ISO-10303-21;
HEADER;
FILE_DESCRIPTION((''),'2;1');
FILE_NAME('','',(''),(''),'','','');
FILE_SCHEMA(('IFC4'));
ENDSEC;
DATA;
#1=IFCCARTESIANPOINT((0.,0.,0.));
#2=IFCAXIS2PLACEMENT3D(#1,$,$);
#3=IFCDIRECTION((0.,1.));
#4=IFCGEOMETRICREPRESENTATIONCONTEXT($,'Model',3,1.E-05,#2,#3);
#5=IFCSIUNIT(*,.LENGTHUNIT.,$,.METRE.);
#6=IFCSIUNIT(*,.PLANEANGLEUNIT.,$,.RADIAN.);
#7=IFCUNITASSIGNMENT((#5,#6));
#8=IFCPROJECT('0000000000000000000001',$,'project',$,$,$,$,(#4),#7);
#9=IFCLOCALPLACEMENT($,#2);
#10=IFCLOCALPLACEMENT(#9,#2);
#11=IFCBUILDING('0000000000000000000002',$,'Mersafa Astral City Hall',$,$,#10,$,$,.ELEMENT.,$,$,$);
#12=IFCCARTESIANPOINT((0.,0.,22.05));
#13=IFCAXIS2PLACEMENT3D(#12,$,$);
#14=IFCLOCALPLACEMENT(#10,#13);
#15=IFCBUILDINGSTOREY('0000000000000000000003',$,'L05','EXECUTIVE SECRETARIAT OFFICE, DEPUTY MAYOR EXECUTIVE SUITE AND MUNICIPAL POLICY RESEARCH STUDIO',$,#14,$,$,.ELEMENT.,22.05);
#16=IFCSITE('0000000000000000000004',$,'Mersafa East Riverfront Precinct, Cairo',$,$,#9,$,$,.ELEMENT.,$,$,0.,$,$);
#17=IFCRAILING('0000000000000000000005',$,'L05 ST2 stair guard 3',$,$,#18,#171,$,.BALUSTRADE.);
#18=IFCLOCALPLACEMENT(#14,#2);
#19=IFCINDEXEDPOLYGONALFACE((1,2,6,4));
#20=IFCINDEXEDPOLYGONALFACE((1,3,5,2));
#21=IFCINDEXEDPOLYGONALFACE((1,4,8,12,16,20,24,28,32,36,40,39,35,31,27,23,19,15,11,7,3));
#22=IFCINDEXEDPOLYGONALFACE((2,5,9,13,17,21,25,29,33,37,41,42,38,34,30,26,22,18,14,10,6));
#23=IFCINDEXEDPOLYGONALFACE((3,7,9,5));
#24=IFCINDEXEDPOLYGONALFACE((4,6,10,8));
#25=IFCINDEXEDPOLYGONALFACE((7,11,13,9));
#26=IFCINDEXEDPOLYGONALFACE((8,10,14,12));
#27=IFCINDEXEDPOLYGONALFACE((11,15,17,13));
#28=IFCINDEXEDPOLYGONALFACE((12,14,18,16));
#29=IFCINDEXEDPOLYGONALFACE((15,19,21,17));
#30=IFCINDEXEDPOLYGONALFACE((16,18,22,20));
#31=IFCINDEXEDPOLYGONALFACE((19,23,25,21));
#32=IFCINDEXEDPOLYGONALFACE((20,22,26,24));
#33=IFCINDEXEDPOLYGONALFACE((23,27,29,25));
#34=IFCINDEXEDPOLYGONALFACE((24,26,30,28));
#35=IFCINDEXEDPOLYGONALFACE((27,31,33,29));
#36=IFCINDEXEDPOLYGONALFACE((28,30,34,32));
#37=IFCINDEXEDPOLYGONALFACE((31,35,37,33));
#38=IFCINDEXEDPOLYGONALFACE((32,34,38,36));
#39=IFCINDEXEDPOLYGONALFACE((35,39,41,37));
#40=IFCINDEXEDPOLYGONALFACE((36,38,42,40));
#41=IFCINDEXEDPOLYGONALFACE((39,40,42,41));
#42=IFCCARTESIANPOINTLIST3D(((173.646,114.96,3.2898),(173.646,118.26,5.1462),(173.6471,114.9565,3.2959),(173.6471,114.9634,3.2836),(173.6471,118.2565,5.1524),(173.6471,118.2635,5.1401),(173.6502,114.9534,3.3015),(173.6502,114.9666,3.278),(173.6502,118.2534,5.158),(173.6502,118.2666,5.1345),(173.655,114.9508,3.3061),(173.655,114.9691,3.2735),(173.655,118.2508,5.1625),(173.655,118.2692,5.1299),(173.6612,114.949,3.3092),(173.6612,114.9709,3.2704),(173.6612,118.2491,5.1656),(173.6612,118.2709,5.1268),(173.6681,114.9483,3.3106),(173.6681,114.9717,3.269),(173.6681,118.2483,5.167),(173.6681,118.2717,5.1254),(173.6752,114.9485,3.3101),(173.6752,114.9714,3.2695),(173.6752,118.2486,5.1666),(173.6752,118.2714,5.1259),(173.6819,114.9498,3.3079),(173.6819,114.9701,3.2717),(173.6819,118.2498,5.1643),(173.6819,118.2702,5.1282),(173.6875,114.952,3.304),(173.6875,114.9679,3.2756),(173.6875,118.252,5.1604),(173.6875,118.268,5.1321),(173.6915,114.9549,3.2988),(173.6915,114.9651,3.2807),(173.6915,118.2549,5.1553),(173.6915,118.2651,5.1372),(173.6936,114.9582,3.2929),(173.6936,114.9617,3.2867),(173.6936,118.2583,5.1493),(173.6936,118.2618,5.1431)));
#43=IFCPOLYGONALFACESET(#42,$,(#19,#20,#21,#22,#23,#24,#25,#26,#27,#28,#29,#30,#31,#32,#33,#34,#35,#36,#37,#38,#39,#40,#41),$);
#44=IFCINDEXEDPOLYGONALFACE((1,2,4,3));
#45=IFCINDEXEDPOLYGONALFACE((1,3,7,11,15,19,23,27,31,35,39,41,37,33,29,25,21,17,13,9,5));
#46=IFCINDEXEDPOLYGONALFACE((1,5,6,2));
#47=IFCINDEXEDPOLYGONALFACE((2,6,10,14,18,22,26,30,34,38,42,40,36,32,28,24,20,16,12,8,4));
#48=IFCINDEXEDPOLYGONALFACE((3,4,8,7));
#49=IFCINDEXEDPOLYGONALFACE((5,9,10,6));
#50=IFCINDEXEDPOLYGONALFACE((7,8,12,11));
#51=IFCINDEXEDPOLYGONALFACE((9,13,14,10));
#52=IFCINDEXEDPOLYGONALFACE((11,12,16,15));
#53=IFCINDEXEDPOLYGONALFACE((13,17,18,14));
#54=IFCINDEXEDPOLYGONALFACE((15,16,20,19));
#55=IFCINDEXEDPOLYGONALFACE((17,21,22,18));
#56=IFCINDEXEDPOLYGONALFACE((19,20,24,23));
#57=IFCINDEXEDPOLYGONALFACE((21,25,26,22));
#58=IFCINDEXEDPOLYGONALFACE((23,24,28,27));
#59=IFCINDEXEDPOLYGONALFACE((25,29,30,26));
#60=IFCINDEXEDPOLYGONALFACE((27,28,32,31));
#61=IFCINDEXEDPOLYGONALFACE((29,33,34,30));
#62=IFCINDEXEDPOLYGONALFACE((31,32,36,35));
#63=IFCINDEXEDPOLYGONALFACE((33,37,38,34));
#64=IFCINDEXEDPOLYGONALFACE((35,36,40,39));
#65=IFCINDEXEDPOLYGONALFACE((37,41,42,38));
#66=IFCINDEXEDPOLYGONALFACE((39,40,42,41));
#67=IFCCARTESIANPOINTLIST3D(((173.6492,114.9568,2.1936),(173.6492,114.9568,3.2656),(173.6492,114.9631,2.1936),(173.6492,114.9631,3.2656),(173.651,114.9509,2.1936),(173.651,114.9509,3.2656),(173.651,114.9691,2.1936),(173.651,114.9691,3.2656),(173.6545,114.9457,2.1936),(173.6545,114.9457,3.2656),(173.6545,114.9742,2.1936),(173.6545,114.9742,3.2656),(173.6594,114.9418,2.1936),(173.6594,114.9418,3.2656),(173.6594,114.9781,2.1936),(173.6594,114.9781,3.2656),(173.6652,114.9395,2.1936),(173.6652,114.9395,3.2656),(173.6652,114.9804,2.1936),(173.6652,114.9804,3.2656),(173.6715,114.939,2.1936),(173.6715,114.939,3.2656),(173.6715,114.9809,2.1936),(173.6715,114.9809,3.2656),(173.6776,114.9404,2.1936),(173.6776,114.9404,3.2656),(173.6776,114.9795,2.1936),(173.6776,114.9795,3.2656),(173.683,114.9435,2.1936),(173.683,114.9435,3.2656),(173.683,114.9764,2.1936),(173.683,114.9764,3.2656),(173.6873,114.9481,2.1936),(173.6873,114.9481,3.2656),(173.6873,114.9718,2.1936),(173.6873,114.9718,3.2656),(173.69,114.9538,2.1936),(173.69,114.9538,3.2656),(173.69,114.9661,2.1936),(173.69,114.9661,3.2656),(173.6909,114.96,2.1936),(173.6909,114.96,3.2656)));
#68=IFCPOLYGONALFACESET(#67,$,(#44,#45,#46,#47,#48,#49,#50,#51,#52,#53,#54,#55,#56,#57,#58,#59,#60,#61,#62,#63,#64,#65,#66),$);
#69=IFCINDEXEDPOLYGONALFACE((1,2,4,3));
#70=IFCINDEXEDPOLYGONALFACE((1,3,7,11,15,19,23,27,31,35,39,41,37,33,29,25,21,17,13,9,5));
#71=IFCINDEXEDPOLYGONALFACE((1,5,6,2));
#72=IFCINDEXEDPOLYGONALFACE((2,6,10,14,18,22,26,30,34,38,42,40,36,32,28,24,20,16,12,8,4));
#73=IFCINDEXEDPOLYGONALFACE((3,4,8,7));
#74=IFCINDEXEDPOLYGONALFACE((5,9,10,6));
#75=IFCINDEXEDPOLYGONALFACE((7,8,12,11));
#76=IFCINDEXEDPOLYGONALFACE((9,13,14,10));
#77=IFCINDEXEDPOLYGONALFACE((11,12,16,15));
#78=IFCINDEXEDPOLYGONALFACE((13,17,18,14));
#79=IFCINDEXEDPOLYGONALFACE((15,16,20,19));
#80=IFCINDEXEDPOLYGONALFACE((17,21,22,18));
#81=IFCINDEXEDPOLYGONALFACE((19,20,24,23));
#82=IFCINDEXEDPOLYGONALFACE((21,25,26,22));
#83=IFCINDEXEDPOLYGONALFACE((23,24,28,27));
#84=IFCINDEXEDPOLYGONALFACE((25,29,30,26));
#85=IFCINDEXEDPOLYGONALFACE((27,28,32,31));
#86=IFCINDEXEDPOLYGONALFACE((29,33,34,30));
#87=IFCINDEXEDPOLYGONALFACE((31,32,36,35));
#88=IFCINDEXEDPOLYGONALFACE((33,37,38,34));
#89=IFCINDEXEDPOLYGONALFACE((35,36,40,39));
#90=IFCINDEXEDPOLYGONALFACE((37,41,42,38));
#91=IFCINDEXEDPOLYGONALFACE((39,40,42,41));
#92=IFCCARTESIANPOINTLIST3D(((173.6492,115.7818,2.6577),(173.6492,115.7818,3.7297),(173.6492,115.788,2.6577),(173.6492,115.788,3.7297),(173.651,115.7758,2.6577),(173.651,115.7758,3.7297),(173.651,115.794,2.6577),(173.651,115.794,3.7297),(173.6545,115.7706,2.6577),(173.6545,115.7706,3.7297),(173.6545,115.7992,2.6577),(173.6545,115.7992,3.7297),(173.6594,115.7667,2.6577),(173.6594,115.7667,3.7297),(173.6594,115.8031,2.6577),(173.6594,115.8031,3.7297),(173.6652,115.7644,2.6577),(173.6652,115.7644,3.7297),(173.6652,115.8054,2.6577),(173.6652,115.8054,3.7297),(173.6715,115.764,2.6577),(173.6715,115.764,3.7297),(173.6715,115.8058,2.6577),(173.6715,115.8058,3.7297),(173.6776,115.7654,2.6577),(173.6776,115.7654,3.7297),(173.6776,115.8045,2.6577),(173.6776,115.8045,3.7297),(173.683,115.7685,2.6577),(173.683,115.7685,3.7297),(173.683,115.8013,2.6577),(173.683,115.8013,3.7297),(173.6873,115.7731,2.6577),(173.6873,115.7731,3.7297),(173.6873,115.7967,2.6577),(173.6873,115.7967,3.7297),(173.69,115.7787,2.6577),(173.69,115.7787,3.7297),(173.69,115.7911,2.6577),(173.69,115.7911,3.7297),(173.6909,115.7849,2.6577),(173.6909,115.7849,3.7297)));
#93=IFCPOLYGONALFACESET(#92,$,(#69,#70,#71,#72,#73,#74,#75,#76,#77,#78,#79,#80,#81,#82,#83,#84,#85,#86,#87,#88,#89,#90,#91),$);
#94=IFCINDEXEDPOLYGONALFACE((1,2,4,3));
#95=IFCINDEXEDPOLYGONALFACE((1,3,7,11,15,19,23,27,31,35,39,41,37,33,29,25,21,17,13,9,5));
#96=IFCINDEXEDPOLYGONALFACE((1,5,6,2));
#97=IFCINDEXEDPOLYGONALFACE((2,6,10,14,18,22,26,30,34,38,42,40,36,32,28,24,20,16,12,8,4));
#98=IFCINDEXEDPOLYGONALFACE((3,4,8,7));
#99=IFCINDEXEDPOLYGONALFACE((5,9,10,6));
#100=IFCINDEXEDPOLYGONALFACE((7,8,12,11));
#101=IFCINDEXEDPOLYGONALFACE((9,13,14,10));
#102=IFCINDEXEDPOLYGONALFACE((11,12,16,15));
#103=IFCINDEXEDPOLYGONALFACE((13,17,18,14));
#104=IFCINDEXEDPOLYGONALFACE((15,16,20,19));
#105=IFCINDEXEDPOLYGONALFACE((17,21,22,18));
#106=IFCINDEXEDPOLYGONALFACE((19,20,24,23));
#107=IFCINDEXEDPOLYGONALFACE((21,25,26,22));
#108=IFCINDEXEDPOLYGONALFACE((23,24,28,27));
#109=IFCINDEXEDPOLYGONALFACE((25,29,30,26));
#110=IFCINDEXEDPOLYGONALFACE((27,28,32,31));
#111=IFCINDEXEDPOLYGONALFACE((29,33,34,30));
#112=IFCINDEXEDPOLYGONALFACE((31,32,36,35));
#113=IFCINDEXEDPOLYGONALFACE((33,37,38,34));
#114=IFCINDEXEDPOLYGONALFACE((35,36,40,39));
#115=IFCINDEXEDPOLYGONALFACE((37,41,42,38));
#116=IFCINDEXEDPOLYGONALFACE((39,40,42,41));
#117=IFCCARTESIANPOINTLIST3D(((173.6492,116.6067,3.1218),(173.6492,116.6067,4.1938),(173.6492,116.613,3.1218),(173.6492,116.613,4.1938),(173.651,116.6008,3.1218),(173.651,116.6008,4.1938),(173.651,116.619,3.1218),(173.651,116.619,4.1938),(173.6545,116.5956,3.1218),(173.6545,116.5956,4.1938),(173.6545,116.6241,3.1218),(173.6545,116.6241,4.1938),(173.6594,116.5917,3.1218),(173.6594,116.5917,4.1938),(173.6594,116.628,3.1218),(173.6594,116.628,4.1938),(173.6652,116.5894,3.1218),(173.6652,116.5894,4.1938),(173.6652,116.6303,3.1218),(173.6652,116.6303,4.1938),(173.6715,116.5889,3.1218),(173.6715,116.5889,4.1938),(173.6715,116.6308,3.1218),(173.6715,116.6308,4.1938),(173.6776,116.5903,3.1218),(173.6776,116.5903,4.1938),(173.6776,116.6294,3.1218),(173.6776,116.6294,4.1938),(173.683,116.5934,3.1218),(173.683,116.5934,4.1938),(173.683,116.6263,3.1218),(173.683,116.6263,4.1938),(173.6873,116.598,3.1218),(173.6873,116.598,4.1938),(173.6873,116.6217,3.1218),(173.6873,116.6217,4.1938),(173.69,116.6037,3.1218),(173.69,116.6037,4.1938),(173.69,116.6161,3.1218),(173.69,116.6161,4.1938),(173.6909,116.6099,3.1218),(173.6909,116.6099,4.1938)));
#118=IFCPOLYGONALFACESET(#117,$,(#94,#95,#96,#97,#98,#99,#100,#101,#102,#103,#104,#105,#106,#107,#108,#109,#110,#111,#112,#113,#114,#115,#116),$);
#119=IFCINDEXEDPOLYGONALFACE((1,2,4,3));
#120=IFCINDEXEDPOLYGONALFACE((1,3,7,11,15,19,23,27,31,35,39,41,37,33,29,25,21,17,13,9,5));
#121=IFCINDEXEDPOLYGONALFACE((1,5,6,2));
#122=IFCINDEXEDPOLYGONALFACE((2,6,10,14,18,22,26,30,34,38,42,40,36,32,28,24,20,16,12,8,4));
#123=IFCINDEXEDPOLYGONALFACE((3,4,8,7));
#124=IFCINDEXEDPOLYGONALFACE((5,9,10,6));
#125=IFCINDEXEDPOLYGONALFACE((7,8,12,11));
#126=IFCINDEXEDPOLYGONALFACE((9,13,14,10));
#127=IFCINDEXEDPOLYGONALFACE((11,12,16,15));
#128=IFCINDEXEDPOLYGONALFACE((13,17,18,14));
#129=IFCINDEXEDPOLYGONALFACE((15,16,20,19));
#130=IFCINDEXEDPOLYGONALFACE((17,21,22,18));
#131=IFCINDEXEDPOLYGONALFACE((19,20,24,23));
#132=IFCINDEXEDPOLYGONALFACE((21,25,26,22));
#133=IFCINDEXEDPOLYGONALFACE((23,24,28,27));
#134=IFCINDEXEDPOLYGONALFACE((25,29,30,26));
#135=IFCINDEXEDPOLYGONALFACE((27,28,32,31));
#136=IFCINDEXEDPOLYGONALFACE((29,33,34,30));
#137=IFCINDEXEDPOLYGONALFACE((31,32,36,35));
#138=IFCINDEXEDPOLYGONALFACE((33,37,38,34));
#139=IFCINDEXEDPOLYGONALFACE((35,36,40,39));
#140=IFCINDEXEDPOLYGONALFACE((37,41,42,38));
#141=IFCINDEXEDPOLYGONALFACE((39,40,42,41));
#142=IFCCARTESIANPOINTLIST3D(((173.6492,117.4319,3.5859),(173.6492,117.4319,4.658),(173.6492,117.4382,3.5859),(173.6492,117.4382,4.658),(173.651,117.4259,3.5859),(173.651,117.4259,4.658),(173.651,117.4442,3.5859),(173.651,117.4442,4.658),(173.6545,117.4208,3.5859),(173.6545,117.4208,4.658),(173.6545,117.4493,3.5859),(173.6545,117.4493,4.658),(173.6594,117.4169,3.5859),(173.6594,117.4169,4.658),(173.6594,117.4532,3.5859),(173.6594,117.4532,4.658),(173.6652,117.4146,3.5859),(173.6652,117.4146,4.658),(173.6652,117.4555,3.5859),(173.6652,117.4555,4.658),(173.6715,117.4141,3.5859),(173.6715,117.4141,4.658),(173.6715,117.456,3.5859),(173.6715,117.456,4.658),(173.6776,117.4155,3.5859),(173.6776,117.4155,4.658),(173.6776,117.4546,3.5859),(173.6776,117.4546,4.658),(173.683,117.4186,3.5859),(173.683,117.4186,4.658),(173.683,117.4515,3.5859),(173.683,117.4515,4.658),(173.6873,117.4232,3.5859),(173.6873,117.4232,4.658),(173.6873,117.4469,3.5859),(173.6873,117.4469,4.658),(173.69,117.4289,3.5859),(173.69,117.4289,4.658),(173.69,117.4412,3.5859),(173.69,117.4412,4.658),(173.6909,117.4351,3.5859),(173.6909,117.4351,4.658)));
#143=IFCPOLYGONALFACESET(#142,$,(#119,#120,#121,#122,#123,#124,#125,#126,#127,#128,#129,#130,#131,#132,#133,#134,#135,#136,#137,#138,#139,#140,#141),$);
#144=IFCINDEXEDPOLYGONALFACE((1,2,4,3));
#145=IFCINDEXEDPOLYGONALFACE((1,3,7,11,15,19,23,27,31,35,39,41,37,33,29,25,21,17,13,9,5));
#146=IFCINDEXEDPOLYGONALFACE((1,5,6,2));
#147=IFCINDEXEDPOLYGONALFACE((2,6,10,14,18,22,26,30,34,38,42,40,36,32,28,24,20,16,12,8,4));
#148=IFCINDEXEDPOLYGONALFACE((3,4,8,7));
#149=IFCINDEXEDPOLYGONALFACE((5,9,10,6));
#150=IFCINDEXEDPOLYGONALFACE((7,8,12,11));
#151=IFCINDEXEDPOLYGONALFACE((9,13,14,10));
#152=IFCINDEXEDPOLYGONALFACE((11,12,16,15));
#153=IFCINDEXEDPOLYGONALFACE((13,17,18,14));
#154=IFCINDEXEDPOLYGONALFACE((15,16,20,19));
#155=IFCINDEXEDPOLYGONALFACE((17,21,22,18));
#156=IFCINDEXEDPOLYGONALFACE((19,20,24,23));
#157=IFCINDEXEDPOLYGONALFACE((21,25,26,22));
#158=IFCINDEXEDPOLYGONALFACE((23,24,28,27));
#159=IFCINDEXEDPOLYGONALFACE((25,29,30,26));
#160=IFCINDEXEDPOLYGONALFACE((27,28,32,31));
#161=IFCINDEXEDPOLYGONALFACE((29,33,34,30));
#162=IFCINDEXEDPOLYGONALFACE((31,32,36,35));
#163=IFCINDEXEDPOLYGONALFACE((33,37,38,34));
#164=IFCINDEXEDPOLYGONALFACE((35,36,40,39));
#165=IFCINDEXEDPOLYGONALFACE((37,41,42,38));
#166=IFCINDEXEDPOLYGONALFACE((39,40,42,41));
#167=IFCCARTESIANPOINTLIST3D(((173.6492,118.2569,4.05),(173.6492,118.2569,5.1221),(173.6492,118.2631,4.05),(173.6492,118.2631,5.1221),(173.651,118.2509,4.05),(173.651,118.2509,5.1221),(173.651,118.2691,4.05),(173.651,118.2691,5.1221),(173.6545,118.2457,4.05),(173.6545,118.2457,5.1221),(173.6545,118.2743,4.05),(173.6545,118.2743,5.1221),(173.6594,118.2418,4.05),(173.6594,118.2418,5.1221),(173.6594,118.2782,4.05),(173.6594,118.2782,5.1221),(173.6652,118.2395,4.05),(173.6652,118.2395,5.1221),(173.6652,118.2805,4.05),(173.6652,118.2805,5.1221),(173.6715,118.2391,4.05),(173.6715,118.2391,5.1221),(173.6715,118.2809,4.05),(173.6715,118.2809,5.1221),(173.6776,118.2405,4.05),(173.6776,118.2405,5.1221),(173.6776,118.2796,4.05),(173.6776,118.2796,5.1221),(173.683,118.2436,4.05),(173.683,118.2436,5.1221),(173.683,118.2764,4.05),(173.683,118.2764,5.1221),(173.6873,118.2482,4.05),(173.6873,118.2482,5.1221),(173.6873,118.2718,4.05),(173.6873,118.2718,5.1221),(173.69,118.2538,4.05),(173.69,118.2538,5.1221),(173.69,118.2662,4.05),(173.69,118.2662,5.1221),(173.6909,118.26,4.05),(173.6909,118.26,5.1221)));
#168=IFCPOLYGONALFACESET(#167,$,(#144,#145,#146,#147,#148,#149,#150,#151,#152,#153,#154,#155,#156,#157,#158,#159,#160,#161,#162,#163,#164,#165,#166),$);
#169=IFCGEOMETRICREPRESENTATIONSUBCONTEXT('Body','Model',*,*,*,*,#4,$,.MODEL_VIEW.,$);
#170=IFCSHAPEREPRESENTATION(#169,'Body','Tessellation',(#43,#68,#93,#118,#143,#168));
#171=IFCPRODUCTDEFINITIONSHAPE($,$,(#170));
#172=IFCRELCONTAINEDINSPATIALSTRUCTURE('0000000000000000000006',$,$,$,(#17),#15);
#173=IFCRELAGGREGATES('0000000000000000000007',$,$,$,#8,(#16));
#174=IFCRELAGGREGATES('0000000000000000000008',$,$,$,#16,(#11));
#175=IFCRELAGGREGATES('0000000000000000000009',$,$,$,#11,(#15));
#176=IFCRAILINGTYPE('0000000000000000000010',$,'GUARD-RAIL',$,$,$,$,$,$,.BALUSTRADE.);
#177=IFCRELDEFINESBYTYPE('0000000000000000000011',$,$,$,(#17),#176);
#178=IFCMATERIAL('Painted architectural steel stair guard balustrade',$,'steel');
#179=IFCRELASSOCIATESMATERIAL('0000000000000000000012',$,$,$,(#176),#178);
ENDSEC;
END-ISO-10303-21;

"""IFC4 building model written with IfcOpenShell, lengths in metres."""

from ifc_helpers import new_model, si_unit, direction, frame, origin, origin_2d, place, context, subcontext, project, spatial, circle, extrude, material, type_object, element, save


model = new_model("IFC4")

# Units and contexts
model_context = context("Model", 3, precision=1e-05, world=origin(), true_north=direction((0.0, 1.0)))
body_context = subcontext(model_context, "Body", "Model", "MODEL_VIEW")
ifc_project = project(units=[si_unit("LENGTHUNIT", "METRE"), si_unit("PLANEANGLEUNIT", "RADIAN")], contexts=[model_context])

# Site, building, storey
site_placement = place(None, origin())
site = spatial("IfcSite", under=ifc_project, at=site_placement, Name="Mersafa East Riverfront Precinct, Cairo", CompositionType="ELEMENT", RefElevation=0.0)
building_placement = place(site_placement, origin())
building = spatial("IfcBuilding", under=site, at=building_placement, Name="Mersafa Astral City Hall", CompositionType="ELEMENT")
storey_placement = place(building_placement, frame((0.0, 0.0, 22.05)))
storey = spatial("IfcBuildingStorey", under=building, at=storey_placement, Name="L05", Description="EXECUTIVE SECRETARIAT OFFICE, DEPUTY MAYOR EXECUTIVE SUITE AND MUNICIPAL POLICY RESEARCH STUDIO", CompositionType="ELEMENT", Elevation=22.05)

# Railing
ifc_material_1 = material(Name="Painted architectural steel stair guard balustrade", Category="steel")
railing_type_1 = type_object("IfcRailingType", Name="GUARD-RAIL", PredefinedType="BALUSTRADE", material=ifc_material_1)
railing_1_placement = place(storey_placement, frame((173.6699, 114.96, 2.1936)))
element("IfcRailing", 1, at=railing_1_placement, inside=storey, type_object=railing_type_1, Name="L05 ST2 stair guard 3", PredefinedType="BALUSTRADE", context=body_context, shape_type="SweptSolid", body=[
    extrude(circle(Radius=0.0239, at=origin_2d()), frame((0.0, 0.0, 1.0962), z_axis=(0.0, 0.871557, 0.490295), x_axis=(-1.0, 0.0, 0.0)), (0.0, 0.0, 1.0), 3.7864),
    extrude(circle(Radius=0.021, at=origin_2d()), origin(), (0.0, 0.0, 1.0), 1.072),
    extrude(circle(Radius=0.021, at=origin_2d()), frame((0.0, 0.825, 0.4641)), (0.0, 0.0, 1.0), 1.072),
    extrude(circle(Radius=0.021, at=origin_2d()), frame((0.0, 1.6499, 0.9282)), (0.0, 0.0, 1.0), 1.072),
    extrude(circle(Radius=0.021, at=origin_2d()), frame((0.0, 2.4751, 1.3923)), (0.0, 0.0, 1.0), 1.072),
    extrude(circle(Radius=0.021, at=origin_2d()), frame((0.0, 3.3, 1.8564)), (0.0, 0.0, 1.0), 1.072),
])

save(model, "model.ifc")
